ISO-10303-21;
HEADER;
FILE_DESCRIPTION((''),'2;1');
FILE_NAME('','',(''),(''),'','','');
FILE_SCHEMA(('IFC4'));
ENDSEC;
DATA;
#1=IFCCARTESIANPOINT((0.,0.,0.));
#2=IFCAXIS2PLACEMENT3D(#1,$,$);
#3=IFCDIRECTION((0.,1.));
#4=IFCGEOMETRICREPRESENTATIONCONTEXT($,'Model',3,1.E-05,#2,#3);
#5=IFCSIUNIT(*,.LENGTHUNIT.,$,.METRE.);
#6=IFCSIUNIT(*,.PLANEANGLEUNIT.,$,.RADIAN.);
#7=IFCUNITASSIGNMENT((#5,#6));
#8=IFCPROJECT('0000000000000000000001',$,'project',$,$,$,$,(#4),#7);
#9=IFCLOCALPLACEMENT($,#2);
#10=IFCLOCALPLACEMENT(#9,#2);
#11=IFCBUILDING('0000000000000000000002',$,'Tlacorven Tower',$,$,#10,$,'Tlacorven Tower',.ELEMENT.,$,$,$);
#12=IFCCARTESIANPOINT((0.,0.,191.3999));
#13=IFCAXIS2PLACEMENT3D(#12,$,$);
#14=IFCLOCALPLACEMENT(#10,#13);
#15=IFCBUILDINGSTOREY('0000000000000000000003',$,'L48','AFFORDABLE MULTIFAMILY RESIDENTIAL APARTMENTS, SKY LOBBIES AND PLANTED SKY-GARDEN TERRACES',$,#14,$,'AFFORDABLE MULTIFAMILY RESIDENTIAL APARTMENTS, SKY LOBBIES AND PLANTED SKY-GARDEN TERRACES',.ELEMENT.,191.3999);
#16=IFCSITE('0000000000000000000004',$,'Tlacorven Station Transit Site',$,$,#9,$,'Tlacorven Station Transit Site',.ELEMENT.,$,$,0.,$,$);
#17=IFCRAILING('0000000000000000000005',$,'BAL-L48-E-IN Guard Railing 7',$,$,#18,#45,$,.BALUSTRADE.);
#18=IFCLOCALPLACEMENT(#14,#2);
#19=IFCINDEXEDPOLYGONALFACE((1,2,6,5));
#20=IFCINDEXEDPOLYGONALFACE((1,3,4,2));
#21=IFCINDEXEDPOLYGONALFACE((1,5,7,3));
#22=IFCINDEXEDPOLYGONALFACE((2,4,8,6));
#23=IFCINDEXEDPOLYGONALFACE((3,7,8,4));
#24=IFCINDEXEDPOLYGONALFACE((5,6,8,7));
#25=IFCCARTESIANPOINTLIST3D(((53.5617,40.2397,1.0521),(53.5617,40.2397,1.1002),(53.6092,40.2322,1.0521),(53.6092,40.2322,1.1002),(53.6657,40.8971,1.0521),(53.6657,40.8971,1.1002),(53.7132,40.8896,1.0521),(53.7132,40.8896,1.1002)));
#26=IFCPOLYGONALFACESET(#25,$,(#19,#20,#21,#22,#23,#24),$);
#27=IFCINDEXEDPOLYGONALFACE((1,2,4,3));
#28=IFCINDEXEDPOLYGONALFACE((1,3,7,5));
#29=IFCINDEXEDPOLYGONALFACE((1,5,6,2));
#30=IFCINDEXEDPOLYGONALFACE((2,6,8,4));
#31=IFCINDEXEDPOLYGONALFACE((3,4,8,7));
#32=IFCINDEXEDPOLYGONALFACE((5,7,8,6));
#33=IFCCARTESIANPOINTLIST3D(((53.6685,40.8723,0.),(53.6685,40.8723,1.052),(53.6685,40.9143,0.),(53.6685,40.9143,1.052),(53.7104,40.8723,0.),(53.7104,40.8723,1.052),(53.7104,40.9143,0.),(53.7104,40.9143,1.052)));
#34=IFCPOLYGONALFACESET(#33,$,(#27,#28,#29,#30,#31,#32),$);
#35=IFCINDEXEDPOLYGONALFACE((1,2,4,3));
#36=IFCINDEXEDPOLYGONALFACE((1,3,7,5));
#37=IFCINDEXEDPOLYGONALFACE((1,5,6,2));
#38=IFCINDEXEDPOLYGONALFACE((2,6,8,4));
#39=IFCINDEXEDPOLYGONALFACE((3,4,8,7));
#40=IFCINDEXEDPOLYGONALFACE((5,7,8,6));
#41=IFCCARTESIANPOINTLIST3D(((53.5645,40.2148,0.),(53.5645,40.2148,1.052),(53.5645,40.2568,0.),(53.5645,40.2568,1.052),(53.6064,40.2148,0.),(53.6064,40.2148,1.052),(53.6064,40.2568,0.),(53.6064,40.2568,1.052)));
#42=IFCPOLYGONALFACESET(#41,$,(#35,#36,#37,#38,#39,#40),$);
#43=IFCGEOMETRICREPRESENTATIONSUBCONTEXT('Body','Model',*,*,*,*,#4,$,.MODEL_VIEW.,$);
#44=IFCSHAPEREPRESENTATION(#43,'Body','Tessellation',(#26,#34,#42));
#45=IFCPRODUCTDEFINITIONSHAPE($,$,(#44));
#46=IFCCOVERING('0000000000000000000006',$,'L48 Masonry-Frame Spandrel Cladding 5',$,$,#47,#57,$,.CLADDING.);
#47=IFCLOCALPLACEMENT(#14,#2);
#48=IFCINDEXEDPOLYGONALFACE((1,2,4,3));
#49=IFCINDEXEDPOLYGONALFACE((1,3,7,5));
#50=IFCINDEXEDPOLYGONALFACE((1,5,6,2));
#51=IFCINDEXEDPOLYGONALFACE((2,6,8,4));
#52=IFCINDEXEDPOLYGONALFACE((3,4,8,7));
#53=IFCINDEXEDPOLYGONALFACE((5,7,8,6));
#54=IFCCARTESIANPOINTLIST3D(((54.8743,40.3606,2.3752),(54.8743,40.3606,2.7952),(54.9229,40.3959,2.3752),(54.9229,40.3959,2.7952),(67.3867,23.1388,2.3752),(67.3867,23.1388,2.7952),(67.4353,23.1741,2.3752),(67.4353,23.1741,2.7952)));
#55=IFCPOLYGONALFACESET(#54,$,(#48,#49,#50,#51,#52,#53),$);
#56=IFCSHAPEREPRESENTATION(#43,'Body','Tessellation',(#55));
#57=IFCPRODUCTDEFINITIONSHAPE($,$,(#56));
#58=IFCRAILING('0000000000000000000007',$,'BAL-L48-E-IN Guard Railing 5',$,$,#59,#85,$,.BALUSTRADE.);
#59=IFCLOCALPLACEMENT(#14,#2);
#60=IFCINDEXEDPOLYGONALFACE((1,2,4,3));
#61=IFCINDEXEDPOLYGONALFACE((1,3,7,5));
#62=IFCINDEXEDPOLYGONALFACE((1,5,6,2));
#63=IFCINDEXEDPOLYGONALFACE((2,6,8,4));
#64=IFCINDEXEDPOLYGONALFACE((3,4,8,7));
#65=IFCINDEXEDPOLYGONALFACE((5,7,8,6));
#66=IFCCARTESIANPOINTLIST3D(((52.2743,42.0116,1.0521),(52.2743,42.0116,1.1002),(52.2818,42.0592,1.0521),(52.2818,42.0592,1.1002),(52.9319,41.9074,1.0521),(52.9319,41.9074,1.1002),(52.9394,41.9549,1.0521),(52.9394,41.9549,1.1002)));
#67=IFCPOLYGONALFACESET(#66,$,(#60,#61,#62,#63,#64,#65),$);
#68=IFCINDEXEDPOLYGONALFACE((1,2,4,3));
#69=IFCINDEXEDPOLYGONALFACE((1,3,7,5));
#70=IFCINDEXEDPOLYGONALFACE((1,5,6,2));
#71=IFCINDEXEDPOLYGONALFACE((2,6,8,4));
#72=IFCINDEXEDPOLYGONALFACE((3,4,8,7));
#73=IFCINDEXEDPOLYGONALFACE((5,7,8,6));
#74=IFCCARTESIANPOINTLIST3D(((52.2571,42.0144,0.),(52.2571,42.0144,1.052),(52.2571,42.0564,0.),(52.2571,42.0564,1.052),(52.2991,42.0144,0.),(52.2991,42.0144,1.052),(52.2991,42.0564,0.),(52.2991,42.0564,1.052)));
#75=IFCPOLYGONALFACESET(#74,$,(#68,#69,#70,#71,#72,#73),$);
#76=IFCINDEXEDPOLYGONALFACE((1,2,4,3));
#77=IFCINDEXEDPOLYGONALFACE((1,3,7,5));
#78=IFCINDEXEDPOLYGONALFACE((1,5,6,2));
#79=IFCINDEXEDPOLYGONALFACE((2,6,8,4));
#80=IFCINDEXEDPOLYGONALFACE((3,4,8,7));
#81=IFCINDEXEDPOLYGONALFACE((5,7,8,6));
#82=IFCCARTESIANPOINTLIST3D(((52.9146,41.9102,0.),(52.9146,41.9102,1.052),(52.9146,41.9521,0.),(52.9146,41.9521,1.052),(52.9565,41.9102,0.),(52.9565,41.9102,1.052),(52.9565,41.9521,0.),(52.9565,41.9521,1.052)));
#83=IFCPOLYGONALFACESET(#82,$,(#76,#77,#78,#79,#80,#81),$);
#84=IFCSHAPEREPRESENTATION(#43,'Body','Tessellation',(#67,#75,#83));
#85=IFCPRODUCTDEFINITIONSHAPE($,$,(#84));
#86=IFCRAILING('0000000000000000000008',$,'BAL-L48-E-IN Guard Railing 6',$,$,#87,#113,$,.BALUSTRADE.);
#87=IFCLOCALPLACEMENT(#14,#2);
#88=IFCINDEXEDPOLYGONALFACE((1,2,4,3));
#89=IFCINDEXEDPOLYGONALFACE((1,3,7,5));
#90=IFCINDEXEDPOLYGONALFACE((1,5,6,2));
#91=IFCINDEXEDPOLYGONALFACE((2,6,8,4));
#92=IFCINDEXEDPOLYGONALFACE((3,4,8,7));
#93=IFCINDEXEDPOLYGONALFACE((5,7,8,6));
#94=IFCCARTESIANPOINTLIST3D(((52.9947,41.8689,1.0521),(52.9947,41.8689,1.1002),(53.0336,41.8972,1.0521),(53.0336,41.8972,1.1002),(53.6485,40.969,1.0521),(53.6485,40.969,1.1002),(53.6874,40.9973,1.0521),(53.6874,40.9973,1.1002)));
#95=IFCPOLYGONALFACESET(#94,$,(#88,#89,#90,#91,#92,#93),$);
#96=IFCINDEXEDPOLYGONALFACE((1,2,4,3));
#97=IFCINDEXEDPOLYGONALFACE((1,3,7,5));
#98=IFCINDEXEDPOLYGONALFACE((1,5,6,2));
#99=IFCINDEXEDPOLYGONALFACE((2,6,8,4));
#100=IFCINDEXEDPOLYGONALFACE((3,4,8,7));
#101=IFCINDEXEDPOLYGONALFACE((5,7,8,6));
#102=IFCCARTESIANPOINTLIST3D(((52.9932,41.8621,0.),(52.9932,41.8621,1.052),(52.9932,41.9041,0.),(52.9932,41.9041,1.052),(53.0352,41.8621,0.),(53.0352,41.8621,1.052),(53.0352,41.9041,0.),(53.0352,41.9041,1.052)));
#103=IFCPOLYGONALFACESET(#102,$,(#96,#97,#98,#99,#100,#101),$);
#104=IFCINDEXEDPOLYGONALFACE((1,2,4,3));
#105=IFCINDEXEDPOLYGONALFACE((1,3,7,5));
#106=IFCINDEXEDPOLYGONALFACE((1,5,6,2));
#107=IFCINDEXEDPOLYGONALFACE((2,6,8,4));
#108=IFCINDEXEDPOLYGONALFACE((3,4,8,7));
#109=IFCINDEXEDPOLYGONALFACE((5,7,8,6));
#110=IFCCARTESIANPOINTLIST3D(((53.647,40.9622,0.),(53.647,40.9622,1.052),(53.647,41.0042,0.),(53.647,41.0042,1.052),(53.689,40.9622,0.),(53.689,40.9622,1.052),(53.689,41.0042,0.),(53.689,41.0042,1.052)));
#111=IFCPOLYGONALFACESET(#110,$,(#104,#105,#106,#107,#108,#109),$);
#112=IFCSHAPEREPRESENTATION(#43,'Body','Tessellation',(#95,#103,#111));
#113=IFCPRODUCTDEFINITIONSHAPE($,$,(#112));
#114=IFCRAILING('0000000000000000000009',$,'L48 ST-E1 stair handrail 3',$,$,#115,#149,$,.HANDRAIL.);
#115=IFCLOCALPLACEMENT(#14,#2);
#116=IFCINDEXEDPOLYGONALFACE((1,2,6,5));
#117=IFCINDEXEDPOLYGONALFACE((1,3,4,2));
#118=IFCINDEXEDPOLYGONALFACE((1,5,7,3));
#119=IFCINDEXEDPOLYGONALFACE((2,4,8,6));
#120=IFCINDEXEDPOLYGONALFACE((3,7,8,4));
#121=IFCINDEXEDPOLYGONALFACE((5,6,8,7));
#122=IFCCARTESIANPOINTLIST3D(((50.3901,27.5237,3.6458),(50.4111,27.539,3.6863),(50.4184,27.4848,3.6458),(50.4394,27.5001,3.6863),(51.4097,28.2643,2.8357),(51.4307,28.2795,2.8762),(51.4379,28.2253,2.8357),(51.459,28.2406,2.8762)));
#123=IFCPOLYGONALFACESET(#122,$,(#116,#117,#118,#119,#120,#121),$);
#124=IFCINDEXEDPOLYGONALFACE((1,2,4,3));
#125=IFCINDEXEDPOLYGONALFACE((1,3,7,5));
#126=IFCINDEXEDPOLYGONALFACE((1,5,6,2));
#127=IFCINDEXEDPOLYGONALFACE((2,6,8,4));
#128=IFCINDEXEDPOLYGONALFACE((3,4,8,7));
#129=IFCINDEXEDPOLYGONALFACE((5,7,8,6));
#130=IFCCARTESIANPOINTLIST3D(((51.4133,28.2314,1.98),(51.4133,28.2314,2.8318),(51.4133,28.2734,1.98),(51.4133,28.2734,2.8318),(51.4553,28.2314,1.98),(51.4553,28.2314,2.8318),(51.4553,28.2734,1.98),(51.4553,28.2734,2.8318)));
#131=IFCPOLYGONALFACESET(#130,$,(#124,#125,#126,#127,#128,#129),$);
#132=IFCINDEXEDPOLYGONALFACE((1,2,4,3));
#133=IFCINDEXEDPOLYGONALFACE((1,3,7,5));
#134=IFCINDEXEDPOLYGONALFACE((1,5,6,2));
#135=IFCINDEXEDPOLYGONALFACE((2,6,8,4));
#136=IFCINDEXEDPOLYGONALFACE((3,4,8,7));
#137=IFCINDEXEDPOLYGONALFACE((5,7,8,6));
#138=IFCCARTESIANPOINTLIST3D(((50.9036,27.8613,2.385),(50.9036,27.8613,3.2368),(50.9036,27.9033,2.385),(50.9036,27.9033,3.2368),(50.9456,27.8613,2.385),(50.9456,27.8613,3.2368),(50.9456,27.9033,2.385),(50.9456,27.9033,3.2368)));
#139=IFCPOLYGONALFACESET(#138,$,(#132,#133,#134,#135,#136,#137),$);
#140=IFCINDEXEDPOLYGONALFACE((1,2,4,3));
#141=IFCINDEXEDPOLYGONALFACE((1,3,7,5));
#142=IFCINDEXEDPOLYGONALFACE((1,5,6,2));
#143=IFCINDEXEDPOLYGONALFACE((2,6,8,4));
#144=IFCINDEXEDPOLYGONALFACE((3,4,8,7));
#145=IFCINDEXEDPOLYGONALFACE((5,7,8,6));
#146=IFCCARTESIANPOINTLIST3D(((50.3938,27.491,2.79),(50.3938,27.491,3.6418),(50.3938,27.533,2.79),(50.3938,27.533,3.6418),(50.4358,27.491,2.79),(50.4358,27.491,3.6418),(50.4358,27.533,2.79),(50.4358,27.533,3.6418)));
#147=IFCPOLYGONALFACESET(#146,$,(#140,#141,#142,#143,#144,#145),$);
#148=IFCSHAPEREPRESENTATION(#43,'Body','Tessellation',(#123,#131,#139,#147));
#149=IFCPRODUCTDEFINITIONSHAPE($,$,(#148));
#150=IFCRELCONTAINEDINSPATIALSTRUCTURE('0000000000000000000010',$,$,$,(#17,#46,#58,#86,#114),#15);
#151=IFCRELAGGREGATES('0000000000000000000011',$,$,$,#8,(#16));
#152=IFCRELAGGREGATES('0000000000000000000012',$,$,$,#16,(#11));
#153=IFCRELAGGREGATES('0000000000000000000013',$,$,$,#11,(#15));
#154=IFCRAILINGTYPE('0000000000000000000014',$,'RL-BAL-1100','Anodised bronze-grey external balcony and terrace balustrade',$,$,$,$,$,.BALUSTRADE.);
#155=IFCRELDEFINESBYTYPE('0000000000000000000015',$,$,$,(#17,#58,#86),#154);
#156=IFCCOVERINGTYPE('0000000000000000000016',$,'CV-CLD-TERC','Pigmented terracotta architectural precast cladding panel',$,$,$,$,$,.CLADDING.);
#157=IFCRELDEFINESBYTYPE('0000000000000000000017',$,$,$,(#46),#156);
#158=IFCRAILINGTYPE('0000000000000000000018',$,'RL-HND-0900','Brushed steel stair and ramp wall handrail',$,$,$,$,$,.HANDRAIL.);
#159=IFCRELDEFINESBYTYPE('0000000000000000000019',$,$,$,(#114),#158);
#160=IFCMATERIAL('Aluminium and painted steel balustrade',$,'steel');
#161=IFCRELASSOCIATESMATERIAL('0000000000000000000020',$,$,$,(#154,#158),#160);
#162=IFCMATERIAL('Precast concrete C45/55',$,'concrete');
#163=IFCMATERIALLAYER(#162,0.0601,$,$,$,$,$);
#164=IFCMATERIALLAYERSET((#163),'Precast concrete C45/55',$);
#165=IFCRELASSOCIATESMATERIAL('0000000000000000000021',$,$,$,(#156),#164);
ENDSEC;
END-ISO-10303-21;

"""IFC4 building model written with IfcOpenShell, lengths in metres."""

from ifc_helpers import new_model, si_unit, direction, frame, origin, origin_2d, place, context, subcontext, project, spatial, rectangle, extrude, source, transform, mapped, material, layer, layer_set, type_object, element, save


model = new_model("IFC4")

# Units and contexts
model_context = context("Model", 3, precision=1e-05, world=origin(), true_north=direction((0.0, 1.0)))
body_context = subcontext(model_context, "Body", "Model", "MODEL_VIEW")
ifc_project = project(units=[si_unit("LENGTHUNIT", "METRE"), si_unit("PLANEANGLEUNIT", "RADIAN")], contexts=[model_context])

# Site, building, storey
site_placement = place(None, origin())
site = spatial("IfcSite", under=ifc_project, at=site_placement, Name="Tlacorven Station Transit Site", LongName="Tlacorven Station Transit Site", CompositionType="ELEMENT", RefElevation=0.0)
building_placement = place(site_placement, origin())
building = spatial("IfcBuilding", under=site, at=building_placement, Name="Tlacorven Tower", LongName="Tlacorven Tower", CompositionType="ELEMENT")
storey_placement = place(building_placement, frame((0.0, 0.0, 191.3999)))
storey = spatial("IfcBuildingStorey", under=building, at=storey_placement, Name="L48", Description="AFFORDABLE MULTIFAMILY RESIDENTIAL APARTMENTS, SKY LOBBIES AND PLANTED SKY-GARDEN TERRACES", LongName="AFFORDABLE MULTIFAMILY RESIDENTIAL APARTMENTS, SKY LOBBIES AND PLANTED SKY-GARDEN TERRACES", CompositionType="ELEMENT", Elevation=191.3999)

# Shared definitions
ifc_material_1 = material(Name="Precast concrete C45/55", Category="concrete")

# Railing
ifc_material_2 = material(Name="Aluminium and painted steel balustrade", Category="steel")
railing_type_1 = type_object("IfcRailingType", Name="RL-BAL-1100", Description="Anodised bronze-grey external balcony and terrace balustrade", PredefinedType="BALUSTRADE", material=ifc_material_2)
shared_shape_1 = source(origin(), body_context, "Body", "SweptSolid", [
    extrude(rectangle(XDim=0.0481, YDim=0.0481, at=origin_2d()), frame((0.0, 0.0, 1.0762), z_axis=(-0.156245, -0.987718, 0.0), x_axis=(0.987718, -0.156245, 0.0)), (0.0, 0.0, 1.0), 0.6655),
    extrude(rectangle(XDim=0.042, YDim=0.042, at=origin_2d()), origin(), (0.0, 0.0, 1.0), 1.052),
    extrude(rectangle(XDim=0.042, YDim=0.042, at=origin_2d()), frame((-0.104, -0.6575, 0.0)), (0.0, 0.0, 1.0), 1.052),
])
railing_1_placement = place(storey_placement, frame((53.6895, 40.8933, 0.0)))
element("IfcRailing", 1, at=railing_1_placement, inside=storey, type_object=railing_type_1, Name="BAL-L48-E-IN Guard Railing 7", PredefinedType="BALUSTRADE", context=body_context, shape_type="MappedRepresentation", body=[
    mapped(shared_shape_1, transform((0.0, 0.0, 0.0), scale=1.0)),
])

# Covering
ifc_layer_1 = layer(ifc_material_1, 0.0601)
ifc_layer_set_1 = layer_set([ifc_layer_1], Name="Precast concrete C45/55")
covering_type = type_object("IfcCoveringType", Name="CV-CLD-TERC", Description="Pigmented terracotta architectural precast cladding panel", PredefinedType="CLADDING", material=ifc_layer_set_1)
shared_shape_2 = source(origin(), body_context, "Body", "SweptSolid", [
    extrude(rectangle(XDim=21.2874, YDim=0.0601, at=origin_2d()), origin(), (0.0, 0.0, 1.0), 0.4199),
])
covering_placement = place(storey_placement, frame((61.1548, 31.7673, 2.3752), z_axis=(0.0, 0.0, 1.0), x_axis=(0.587785, -0.809017, 0.0)))
element("IfcCovering", 2, at=covering_placement, inside=storey, type_object=covering_type, Name="L48 Masonry-Frame Spandrel Cladding 5", PredefinedType="CLADDING", context=body_context, shape_type="MappedRepresentation", body=[
    mapped(shared_shape_2, transform((0.0, 0.0, 0.0), scale=1.0)),
])

# Railings
shared_shape_3 = source(origin(), body_context, "Body", "SweptSolid", [
    extrude(rectangle(XDim=0.0481, YDim=0.0481, at=origin_2d()), frame((0.0, 0.0, 1.0762), z_axis=(0.987662, -0.156603, 0.0), x_axis=(0.156603, 0.987662, 0.0)), (0.0, 0.0, 1.0), 0.6658),
    extrude(rectangle(XDim=0.042, YDim=0.042, at=origin_2d()), origin(), (0.0, 0.0, 1.0), 1.052),
    extrude(rectangle(XDim=0.042, YDim=0.042, at=origin_2d()), frame((0.6575, -0.1042, 0.0)), (0.0, 0.0, 1.0), 1.052),
])
railing_2_placement = place(storey_placement, frame((52.2781, 42.0354, 0.0)))
element("IfcRailing", 3, at=railing_2_placement, inside=storey, type_object=railing_type_1, Name="BAL-L48-E-IN Guard Railing 5", PredefinedType="BALUSTRADE", context=body_context, shape_type="MappedRepresentation", body=[
    mapped(shared_shape_3, transform((0.0, 0.0, 0.0), scale=1.0)),
])
shared_shape_4 = source(origin(), body_context, "Body", "SweptSolid", [
    extrude(rectangle(XDim=0.0481, YDim=0.0481, at=origin_2d()), frame((0.0, 0.0, 1.0762), z_axis=(0.58778, -0.809021, 0.0), x_axis=(0.809021, 0.58778, 0.0)), (0.0, 0.0, 1.0), 1.1123),
    extrude(rectangle(XDim=0.042, YDim=0.042, at=origin_2d()), origin(), (0.0, 0.0, 1.0), 1.052),
    extrude(rectangle(XDim=0.042, YDim=0.042, at=origin_2d()), frame((0.6538, -0.8999, 0.0)), (0.0, 0.0, 1.0), 1.052),
])
railing_3_placement = place(storey_placement, frame((53.0142, 41.8831, 0.0)))
element("IfcRailing", 4, at=railing_3_placement, inside=storey, type_object=railing_type_1, Name="BAL-L48-E-IN Guard Railing 6", PredefinedType="BALUSTRADE", context=body_context, shape_type="MappedRepresentation", body=[
    mapped(shared_shape_4, transform((0.0, 0.0, 0.0), scale=1.0)),
])
railing_type_2 = type_object("IfcRailingType", Name="RL-HND-0900", Description="Brushed steel stair and ramp wall handrail", PredefinedType="HANDRAIL", material=ifc_material_2)
shared_shape_5 = source(origin(), body_context, "Body", "SweptSolid", [
    extrude(rectangle(XDim=0.0481, YDim=0.0481, at=origin_2d()), frame((0.0, 0.0, 0.876), z_axis=(-0.680604, -0.494318, 0.540767), x_axis=(0.587653, -0.809113, 0.0)), (0.0, 0.0, 1.0), 1.498),
    extrude(rectangle(XDim=0.042, YDim=0.042, at=origin_2d()), origin(), (0.0, 0.0, 1.0), 0.8518),
    extrude(rectangle(XDim=0.042, YDim=0.042, at=origin_2d()), frame((-0.5098, -0.3701, 0.405)), (0.0, 0.0, 1.0), 0.8518),
    extrude(rectangle(XDim=0.042, YDim=0.042, at=origin_2d()), frame((-1.0195, -0.7405, 0.8101)), (0.0, 0.0, 1.0), 0.8518),
])
railing_4_placement = place(storey_placement, frame((51.4343, 28.2524, 1.98)))
element("IfcRailing", 5, at=railing_4_placement, inside=storey, type_object=railing_type_2, Name="L48 ST-E1 stair handrail 3", PredefinedType="HANDRAIL", context=body_context, shape_type="MappedRepresentation", body=[
    mapped(shared_shape_5, transform((0.0, 0.0, 0.0), scale=1.0)),
])

save(model, "model.ifc")
